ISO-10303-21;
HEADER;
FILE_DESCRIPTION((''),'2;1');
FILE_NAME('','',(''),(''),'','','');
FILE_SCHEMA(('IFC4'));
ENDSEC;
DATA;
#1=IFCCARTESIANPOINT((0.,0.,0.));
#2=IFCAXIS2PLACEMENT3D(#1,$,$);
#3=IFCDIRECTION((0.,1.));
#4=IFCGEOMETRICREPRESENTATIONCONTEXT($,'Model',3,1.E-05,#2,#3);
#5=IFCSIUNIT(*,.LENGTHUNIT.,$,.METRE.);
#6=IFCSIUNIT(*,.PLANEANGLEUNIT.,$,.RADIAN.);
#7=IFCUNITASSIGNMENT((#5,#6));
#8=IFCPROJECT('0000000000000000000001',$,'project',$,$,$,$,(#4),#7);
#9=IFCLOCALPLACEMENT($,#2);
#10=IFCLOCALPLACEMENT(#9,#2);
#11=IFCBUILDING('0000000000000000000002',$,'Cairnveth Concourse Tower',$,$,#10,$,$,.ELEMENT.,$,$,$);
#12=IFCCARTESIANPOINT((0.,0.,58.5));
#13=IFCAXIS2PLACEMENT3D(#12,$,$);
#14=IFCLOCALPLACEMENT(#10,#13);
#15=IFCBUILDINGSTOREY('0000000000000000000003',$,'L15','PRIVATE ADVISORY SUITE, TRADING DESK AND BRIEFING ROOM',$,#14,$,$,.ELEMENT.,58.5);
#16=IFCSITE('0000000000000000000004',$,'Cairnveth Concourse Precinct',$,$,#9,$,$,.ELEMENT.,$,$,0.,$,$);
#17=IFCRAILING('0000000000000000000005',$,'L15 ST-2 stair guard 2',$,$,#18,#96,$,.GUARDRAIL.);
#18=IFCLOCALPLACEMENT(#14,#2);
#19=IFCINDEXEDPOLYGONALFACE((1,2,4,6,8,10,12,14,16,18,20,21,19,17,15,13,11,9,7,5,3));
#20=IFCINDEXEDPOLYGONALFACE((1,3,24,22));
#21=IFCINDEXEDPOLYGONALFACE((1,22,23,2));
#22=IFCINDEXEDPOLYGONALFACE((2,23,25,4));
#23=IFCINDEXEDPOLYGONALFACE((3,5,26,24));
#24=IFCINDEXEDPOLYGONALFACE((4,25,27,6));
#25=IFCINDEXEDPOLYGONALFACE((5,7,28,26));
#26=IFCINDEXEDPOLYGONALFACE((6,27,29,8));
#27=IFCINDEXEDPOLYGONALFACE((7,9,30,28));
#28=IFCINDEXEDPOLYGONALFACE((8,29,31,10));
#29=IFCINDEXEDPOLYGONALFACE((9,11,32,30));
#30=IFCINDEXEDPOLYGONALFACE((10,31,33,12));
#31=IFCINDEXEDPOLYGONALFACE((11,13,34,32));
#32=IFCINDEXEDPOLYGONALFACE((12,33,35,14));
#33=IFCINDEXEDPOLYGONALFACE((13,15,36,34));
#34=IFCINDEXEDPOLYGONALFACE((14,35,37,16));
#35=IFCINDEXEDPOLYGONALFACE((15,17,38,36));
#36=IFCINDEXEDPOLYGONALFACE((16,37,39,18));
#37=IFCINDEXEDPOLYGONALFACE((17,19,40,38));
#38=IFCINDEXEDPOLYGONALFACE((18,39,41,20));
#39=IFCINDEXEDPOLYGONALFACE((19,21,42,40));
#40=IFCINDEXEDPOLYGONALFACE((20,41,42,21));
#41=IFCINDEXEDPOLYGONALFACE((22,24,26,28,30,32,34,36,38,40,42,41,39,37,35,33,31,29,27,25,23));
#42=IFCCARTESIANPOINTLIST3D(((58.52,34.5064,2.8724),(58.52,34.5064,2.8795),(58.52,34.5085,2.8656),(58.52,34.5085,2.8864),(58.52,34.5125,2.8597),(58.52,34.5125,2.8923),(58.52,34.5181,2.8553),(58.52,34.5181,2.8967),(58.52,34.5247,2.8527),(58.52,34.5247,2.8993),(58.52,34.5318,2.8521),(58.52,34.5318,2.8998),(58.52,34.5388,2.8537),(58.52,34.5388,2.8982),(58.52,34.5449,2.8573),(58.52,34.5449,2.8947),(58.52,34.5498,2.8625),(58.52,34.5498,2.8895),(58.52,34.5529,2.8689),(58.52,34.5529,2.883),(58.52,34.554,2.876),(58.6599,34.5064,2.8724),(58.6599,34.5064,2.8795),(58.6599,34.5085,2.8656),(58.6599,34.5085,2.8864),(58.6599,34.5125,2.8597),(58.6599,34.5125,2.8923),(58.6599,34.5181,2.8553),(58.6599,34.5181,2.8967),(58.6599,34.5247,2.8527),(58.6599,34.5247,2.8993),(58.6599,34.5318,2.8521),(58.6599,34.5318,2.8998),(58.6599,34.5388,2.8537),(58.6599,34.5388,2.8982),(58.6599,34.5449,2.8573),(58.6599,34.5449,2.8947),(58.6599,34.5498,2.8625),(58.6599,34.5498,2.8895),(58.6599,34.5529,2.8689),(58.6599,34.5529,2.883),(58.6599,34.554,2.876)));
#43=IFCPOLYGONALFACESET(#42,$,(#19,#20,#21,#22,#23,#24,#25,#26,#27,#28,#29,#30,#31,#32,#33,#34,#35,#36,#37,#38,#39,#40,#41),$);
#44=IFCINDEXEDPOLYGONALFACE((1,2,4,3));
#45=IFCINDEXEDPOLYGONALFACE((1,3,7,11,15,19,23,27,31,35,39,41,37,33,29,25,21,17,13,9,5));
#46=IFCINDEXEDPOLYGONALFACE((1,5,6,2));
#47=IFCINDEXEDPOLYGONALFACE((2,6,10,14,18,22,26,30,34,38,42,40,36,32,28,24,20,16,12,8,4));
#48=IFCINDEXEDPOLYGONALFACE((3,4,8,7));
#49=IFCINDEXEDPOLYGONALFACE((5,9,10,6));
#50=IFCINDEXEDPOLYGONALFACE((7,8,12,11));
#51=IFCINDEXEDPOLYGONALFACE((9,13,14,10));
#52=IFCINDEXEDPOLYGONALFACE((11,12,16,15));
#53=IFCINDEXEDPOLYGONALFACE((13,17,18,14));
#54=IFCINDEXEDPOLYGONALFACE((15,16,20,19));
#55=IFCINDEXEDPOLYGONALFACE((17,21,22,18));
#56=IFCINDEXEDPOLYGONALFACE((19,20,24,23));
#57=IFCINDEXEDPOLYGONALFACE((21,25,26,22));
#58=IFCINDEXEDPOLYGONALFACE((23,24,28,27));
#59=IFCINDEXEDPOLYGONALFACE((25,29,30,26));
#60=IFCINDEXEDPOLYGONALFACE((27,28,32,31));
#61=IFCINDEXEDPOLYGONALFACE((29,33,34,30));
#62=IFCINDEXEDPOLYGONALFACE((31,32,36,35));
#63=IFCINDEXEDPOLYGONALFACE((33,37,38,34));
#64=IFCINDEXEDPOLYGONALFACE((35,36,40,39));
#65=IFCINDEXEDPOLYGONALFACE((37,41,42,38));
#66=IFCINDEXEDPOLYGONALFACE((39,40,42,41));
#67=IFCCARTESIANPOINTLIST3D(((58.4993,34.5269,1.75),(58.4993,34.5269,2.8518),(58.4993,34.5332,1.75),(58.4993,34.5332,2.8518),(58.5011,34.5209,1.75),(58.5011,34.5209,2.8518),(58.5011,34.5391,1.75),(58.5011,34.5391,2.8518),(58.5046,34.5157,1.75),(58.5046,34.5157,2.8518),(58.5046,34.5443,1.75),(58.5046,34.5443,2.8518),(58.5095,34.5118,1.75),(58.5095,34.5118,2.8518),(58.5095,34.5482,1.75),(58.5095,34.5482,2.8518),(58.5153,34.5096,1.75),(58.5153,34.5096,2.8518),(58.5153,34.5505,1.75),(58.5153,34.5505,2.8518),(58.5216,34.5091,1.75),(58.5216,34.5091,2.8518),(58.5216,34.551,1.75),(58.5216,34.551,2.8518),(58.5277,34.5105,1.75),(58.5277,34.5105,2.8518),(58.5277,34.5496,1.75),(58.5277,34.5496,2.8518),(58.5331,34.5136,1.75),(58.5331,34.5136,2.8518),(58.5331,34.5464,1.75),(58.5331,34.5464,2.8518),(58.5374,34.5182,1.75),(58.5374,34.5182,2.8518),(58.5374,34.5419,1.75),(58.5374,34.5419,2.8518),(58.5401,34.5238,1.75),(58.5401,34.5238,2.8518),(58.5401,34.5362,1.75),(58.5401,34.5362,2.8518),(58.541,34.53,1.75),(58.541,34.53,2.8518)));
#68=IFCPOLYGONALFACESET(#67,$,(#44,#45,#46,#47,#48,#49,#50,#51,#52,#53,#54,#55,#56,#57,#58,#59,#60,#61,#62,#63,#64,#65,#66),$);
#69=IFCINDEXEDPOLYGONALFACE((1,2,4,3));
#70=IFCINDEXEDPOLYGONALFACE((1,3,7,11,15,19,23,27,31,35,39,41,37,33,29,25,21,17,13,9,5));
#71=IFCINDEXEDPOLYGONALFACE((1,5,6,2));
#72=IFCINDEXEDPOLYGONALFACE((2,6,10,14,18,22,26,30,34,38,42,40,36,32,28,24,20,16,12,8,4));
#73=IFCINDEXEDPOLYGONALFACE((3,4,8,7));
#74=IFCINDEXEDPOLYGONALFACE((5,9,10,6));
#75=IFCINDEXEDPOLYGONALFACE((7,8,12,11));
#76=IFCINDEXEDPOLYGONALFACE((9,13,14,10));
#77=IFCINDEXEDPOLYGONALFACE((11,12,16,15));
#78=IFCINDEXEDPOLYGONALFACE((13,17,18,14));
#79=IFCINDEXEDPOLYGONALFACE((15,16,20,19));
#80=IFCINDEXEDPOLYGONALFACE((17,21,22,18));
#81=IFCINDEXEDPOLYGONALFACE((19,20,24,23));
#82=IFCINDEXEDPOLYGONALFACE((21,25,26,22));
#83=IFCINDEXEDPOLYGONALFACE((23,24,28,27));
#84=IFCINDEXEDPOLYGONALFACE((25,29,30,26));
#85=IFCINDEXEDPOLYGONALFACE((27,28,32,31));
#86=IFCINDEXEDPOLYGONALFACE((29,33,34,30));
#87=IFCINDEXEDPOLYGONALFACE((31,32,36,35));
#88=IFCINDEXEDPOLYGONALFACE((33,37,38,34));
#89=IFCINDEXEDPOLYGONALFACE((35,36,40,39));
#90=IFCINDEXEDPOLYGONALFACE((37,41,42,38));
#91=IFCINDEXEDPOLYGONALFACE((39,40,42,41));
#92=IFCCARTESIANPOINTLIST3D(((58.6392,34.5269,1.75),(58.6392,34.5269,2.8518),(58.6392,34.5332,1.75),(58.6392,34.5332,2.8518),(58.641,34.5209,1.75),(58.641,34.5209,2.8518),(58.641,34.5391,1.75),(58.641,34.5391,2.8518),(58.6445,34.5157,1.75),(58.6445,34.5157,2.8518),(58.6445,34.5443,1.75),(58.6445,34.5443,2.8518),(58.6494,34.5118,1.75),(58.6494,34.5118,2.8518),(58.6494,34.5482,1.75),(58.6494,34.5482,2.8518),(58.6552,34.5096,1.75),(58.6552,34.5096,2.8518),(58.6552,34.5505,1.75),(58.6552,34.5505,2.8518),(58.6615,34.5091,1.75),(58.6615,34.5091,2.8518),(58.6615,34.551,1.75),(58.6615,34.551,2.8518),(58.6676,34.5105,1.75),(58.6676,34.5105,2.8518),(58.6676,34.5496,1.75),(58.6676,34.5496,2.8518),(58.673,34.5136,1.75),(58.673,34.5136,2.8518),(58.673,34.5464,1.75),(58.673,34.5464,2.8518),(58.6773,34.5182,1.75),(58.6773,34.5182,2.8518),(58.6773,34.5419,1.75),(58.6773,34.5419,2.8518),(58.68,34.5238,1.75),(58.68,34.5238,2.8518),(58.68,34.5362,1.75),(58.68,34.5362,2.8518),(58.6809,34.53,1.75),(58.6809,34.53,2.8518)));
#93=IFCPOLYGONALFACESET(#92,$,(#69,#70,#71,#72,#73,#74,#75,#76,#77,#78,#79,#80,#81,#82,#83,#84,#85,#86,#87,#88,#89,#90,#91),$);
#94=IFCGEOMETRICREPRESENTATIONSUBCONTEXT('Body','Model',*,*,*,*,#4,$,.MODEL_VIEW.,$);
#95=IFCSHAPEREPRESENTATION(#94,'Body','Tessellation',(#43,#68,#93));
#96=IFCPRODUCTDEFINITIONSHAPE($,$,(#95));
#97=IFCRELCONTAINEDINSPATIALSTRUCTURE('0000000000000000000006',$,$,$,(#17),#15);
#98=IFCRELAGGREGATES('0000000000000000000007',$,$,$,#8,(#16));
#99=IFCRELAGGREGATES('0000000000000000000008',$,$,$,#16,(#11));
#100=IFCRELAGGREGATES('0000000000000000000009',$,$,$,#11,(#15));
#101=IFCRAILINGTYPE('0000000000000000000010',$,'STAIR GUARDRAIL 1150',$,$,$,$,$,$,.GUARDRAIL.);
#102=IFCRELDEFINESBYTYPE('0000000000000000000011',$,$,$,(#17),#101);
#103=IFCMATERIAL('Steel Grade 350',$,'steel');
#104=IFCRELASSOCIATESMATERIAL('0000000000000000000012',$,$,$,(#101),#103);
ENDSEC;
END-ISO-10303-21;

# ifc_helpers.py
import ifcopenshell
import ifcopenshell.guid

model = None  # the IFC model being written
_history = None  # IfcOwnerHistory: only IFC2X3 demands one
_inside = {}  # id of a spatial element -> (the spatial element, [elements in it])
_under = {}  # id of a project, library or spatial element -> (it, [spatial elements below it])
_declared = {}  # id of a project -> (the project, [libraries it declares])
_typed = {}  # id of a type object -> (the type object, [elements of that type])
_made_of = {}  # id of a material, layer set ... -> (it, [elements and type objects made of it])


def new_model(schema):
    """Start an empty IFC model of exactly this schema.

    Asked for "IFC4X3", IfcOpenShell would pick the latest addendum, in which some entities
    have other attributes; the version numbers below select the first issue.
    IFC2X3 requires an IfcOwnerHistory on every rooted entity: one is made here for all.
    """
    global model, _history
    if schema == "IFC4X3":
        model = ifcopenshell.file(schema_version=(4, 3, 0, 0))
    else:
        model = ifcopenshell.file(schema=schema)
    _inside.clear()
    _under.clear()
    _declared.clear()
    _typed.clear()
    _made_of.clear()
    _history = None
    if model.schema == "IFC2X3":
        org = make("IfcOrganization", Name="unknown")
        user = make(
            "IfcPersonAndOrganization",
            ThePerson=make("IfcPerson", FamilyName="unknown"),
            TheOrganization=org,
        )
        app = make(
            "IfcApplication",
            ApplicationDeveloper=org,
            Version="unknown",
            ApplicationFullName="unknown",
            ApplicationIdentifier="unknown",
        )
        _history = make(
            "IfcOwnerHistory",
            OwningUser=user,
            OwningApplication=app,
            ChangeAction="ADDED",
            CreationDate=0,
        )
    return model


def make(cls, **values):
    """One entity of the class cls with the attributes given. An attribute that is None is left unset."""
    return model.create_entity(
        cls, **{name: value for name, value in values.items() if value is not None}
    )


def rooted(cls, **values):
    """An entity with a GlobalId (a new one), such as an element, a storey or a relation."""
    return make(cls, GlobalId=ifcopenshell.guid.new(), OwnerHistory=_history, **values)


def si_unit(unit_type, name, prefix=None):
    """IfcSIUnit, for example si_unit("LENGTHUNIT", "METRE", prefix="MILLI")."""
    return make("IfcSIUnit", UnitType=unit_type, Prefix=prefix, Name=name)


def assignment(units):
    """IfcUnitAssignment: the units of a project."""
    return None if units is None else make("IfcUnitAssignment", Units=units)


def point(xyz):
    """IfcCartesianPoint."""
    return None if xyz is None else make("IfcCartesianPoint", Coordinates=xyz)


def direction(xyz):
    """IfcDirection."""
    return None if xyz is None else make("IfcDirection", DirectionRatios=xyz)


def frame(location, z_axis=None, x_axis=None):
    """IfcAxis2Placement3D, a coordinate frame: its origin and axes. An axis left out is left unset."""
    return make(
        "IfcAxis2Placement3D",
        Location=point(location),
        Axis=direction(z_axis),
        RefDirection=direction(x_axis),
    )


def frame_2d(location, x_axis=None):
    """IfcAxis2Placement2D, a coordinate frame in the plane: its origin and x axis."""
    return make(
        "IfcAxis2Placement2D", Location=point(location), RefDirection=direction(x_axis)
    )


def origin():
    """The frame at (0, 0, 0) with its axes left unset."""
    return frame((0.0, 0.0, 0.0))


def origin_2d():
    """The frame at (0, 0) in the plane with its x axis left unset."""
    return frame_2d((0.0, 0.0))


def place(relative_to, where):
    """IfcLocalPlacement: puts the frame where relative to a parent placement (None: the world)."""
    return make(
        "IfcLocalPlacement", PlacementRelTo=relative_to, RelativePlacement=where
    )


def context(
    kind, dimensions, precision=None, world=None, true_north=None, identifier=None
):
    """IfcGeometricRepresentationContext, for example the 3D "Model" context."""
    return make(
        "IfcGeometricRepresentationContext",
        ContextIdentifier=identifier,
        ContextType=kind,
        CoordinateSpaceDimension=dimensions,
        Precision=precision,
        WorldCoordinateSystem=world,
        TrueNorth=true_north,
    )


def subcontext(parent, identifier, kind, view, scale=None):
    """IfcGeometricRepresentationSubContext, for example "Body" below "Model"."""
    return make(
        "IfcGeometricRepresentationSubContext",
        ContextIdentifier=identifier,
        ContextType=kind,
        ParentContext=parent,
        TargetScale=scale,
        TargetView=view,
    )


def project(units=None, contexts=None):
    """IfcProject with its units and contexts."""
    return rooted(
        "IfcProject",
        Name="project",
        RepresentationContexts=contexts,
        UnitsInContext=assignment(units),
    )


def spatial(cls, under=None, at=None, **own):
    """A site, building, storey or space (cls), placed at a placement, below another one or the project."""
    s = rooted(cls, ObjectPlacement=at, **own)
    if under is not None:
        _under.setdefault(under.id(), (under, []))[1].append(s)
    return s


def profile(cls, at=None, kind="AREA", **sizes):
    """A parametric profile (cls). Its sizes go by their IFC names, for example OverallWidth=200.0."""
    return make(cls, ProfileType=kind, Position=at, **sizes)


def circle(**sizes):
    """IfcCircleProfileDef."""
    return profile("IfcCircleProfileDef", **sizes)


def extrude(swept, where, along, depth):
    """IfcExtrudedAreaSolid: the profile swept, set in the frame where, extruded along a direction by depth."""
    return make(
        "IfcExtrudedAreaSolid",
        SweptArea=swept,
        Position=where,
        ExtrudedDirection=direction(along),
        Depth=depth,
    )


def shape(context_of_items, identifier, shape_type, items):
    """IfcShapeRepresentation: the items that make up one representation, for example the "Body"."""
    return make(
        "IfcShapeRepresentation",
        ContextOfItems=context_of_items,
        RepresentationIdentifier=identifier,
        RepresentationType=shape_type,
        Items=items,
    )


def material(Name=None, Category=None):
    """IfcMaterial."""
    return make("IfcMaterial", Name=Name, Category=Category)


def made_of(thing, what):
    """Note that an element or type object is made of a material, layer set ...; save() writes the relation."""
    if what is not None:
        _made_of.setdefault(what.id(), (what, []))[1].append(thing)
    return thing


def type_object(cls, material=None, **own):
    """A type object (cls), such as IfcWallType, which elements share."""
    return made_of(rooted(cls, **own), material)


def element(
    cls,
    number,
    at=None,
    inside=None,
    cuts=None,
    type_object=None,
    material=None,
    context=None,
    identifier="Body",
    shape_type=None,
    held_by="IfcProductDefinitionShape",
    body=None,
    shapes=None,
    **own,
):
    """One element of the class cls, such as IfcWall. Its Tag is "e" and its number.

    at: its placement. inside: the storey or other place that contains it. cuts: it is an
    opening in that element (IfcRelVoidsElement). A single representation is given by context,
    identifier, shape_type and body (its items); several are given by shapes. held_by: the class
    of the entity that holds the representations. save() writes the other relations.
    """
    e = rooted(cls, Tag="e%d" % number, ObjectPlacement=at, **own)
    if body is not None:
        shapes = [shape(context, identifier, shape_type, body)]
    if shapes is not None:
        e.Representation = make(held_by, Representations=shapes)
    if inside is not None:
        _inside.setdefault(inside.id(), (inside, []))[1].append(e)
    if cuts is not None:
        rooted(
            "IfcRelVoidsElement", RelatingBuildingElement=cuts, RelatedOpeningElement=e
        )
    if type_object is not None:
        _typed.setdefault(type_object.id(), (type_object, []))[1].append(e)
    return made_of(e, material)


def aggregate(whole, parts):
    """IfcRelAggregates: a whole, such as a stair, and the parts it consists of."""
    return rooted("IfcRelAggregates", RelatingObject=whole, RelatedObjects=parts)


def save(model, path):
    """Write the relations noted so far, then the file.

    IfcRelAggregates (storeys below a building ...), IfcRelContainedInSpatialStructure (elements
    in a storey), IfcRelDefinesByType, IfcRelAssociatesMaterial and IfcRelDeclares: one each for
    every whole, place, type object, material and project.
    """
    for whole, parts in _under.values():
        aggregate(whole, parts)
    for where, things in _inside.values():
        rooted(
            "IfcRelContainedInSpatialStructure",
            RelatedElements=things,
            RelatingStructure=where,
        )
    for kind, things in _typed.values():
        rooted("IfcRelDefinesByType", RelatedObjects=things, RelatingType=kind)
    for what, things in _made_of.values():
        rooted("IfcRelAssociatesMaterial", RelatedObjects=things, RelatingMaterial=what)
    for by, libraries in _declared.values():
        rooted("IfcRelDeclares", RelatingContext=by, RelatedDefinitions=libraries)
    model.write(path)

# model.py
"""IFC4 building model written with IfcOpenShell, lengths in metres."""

from ifc_helpers import new_model, si_unit, direction, frame, origin, origin_2d, place, context, subcontext, project, spatial, circle, extrude, material, type_object, element, save


model = new_model("IFC4")

# Units and contexts
model_context = context("Model", 3, precision=1e-05, world=origin(), true_north=direction((0.0, 1.0)))
body_context = subcontext(model_context, "Body", "Model", "MODEL_VIEW")
ifc_project = project(units=[si_unit("LENGTHUNIT", "METRE"), si_unit("PLANEANGLEUNIT", "RADIAN")], contexts=[model_context])

# Site, building, storey
site_placement = place(None, origin())
site = spatial("IfcSite", under=ifc_project, at=site_placement, Name="Cairnveth Concourse Precinct", CompositionType="ELEMENT", RefElevation=0.0)
building_placement = place(site_placement, origin())
building = spatial("IfcBuilding", under=site, at=building_placement, Name="Cairnveth Concourse Tower", CompositionType="ELEMENT")
storey_placement = place(building_placement, frame((0.0, 0.0, 58.5)))
storey = spatial("IfcBuildingStorey", under=building, at=storey_placement, Name="L15", Description="PRIVATE ADVISORY SUITE, TRADING DESK AND BRIEFING ROOM", CompositionType="ELEMENT", Elevation=58.5)

# Shared definitions
ifc_material_1 = material(Name="Steel Grade 350", Category="steel")

# Railing
railing_type = type_object("IfcRailingType", Name="STAIR GUARDRAIL 1150", PredefinedType="GUARDRAIL", material=ifc_material_1)
railing_placement = place(storey_placement, frame((58.52, 34.53, 1.75)))
element("IfcRailing", 1, at=railing_placement, inside=storey, type_object=railing_type, Name="L15 ST-2 stair guard 2", PredefinedType="GUARDRAIL", context=body_context, shape_type="SweptSolid", body=[
    extrude(circle(Radius=0.0239, at=origin_2d()), frame((0.0, 0.0, 1.126), z_axis=(1.0, 0.0, 0.0), x_axis=(0.0, 1.0, 0.0)), (0.0, 0.0, 1.0), 0.1399),
    extrude(circle(Radius=0.021, at=origin_2d()), origin(), (0.0, 0.0, 1.0), 1.1018),
    extrude(circle(Radius=0.021, at=origin_2d()), frame((0.1399, 0.0, 0.0)), (0.0, 0.0, 1.0), 1.1018),
])

save(model, "model.ifc")
